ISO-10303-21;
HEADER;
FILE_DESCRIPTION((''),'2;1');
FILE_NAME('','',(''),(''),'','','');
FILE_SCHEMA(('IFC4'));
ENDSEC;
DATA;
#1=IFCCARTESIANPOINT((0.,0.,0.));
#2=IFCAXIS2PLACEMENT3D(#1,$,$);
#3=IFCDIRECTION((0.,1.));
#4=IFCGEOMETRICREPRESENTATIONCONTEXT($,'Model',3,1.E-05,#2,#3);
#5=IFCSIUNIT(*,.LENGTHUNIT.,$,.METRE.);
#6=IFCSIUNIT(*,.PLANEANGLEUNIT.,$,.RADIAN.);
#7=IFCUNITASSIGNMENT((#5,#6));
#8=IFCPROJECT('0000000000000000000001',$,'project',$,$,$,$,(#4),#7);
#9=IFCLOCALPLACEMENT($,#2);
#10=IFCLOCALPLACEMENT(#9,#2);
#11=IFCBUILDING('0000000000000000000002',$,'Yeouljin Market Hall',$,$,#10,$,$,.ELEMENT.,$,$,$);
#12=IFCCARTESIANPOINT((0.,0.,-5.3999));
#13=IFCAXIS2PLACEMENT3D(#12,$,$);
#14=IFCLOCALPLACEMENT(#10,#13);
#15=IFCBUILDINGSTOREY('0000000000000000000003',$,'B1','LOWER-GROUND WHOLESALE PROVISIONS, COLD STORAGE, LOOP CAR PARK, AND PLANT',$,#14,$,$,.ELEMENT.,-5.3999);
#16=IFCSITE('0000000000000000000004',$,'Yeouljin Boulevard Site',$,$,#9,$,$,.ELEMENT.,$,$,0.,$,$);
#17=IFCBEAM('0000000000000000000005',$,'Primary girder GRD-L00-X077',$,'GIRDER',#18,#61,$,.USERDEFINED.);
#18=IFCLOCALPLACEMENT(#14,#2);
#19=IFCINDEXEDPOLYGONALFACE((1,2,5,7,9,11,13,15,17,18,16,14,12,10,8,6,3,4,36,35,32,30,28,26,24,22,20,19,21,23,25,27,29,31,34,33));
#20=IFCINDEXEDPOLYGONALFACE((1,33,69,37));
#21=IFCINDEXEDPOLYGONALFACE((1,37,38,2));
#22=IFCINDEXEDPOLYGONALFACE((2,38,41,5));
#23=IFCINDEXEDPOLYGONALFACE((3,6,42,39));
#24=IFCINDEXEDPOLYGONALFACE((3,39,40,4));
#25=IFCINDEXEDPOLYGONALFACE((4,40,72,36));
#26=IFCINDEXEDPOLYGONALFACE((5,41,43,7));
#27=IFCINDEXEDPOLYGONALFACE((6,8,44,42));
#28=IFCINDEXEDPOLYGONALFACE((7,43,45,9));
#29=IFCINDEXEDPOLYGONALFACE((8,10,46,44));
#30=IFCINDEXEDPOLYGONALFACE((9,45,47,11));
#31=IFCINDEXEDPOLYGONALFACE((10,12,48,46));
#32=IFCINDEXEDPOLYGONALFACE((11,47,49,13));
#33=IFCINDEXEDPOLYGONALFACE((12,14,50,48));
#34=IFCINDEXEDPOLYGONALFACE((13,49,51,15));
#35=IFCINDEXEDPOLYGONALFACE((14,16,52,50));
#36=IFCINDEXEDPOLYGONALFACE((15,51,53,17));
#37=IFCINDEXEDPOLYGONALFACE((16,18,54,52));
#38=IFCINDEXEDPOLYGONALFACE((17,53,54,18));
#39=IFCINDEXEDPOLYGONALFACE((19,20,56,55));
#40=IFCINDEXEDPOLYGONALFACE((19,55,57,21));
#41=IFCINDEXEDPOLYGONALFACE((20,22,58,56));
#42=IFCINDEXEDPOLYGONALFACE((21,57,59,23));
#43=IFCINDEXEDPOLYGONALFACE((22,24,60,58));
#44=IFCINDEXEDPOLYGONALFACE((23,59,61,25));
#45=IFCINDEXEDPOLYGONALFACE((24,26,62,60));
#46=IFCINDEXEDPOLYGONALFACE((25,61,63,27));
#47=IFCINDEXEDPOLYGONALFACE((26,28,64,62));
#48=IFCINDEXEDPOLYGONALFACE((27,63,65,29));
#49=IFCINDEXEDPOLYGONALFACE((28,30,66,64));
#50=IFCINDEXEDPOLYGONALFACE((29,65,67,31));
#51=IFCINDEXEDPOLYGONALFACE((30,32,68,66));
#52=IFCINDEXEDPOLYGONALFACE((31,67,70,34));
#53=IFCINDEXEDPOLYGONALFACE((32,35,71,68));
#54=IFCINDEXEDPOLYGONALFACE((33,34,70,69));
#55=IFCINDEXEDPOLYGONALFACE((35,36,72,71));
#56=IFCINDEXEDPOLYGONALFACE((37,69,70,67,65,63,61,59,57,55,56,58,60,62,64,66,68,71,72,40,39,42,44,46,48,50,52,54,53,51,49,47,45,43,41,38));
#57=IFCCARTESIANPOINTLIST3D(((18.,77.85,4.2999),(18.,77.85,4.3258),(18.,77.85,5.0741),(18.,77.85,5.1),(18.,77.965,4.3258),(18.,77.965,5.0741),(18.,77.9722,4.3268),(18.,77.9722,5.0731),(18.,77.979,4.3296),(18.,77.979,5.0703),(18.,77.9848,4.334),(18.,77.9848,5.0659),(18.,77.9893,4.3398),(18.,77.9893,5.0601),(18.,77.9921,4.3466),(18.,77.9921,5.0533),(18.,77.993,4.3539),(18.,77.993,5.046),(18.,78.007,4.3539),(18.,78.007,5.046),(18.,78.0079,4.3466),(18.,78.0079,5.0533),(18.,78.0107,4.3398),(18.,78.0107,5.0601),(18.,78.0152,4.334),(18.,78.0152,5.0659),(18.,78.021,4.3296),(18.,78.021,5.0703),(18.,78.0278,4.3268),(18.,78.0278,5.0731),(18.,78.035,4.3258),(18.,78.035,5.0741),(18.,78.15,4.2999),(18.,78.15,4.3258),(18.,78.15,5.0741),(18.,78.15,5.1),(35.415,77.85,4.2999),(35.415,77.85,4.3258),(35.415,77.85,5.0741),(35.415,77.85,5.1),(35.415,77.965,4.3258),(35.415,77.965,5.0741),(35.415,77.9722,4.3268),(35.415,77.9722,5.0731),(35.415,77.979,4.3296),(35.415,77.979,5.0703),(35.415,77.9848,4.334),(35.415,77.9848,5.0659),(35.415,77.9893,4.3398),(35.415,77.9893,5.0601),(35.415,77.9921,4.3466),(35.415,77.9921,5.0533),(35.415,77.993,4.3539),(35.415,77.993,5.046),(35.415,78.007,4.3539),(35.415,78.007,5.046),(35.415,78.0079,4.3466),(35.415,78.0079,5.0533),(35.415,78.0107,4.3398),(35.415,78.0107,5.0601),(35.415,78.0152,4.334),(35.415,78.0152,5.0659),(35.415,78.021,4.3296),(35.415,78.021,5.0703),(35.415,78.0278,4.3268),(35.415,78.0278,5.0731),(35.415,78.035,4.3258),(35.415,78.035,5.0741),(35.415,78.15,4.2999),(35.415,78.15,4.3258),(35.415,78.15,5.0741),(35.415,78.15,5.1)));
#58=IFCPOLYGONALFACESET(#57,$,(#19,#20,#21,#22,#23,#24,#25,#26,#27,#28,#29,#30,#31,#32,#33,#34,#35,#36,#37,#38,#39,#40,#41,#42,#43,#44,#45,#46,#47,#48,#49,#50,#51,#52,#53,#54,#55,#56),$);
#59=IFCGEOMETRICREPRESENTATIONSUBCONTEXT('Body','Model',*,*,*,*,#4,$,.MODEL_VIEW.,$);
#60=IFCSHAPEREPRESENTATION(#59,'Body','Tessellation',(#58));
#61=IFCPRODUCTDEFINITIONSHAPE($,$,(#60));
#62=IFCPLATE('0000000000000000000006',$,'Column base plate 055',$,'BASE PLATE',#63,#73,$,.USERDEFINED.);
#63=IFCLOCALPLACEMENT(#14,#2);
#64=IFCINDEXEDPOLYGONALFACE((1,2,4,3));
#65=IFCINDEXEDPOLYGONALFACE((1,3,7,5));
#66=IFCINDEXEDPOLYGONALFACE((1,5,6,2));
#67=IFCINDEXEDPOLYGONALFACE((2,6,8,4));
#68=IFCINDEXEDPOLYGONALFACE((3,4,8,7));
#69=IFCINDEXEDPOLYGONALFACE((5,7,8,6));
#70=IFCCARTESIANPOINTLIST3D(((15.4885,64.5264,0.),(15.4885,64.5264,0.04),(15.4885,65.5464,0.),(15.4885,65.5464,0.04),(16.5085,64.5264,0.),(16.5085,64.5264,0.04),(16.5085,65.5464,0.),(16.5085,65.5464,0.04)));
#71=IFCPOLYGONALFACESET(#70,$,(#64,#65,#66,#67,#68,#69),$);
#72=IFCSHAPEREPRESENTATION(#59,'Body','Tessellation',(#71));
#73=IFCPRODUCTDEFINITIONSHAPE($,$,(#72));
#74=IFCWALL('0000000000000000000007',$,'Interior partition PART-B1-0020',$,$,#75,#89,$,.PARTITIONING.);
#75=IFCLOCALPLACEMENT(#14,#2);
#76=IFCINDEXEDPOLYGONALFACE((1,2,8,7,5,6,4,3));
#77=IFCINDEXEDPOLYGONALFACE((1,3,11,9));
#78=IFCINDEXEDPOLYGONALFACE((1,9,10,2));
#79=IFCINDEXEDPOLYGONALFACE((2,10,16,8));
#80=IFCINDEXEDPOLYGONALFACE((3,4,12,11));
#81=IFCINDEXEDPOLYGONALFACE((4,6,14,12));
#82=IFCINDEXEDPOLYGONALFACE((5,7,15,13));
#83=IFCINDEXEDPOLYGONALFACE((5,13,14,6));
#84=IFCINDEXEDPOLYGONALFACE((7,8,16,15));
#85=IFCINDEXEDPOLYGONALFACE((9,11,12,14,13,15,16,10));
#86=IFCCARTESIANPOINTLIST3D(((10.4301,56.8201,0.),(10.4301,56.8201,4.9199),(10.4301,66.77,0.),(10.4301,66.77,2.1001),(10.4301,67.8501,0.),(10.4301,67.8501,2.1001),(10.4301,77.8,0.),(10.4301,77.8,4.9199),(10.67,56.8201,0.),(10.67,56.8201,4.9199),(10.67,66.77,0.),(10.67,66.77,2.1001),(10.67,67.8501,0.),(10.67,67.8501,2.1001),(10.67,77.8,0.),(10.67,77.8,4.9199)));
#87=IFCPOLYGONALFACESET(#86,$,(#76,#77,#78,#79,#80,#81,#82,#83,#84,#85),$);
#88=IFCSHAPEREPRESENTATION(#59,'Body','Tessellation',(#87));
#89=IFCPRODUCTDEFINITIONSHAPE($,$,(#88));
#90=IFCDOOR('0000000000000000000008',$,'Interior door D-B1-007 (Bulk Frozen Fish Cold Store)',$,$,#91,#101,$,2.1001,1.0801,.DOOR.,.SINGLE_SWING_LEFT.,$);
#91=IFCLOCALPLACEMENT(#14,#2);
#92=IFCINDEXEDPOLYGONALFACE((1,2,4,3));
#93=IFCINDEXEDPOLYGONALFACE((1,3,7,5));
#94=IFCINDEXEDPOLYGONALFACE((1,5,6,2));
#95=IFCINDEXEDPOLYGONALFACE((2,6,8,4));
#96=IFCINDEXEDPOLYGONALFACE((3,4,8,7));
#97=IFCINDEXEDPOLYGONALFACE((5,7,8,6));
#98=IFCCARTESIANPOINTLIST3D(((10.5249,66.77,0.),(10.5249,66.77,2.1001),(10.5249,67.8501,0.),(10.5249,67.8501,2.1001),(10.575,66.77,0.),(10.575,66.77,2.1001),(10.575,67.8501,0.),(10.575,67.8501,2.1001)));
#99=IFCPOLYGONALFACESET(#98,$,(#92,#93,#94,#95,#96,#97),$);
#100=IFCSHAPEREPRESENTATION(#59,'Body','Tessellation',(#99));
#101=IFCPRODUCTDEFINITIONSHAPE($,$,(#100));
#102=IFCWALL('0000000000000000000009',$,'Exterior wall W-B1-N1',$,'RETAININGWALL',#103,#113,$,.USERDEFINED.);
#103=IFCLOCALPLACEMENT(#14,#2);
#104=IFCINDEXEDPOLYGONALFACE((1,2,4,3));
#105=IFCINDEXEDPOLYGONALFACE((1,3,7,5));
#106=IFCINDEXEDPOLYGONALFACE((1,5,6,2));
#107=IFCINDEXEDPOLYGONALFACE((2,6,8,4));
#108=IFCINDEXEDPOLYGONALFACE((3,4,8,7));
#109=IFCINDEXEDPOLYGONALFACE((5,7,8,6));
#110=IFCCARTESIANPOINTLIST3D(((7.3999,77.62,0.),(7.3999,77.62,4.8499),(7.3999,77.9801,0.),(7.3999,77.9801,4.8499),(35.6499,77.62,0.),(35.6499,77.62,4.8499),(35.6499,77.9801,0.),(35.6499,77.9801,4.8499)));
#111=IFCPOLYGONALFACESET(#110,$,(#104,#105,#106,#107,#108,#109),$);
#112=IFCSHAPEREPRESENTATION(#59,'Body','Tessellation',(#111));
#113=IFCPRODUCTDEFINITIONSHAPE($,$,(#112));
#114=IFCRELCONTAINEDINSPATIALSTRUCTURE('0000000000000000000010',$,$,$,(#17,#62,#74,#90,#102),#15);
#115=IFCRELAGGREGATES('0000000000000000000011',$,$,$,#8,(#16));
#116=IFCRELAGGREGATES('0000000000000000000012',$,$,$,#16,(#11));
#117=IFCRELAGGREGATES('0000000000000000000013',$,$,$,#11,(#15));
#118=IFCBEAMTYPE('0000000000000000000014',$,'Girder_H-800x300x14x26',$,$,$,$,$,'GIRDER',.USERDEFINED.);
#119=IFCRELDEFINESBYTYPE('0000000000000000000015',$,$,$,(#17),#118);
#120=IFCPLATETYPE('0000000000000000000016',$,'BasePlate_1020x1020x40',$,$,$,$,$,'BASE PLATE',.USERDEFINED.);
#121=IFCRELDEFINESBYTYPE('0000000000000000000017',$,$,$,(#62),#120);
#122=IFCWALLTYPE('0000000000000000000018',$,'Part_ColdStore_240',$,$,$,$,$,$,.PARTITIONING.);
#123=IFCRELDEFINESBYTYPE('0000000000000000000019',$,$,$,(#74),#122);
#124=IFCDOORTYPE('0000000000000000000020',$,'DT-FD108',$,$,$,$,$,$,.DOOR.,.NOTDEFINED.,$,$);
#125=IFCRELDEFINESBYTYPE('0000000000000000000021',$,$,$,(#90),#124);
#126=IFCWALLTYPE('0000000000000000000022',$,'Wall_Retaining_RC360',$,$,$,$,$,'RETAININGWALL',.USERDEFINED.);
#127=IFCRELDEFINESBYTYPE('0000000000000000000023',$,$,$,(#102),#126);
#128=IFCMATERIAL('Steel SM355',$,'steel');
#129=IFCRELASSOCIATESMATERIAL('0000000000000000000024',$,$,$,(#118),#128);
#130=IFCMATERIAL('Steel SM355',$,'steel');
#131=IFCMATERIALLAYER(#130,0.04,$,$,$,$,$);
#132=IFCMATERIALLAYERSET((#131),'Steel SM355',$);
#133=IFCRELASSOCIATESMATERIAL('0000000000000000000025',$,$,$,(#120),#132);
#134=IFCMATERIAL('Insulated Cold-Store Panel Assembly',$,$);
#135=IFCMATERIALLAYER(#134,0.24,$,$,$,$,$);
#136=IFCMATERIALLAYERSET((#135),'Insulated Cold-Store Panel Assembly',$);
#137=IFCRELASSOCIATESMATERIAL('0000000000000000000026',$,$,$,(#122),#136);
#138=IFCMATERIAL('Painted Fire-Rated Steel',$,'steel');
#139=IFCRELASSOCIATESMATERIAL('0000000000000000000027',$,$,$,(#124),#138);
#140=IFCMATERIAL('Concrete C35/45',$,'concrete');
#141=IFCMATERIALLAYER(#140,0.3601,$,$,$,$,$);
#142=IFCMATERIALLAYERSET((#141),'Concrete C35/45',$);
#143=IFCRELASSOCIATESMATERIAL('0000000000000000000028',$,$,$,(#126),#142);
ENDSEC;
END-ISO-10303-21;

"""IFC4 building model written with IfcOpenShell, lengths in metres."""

from ifc_helpers import new_model, si_unit, direction, frame, frame_2d, origin, origin_2d, place, context, subcontext, project, spatial, rectangle, i_section, extrude, material, layer, layer_set, material_profile, profile_set, type_object, element, fill, save


model = new_model("IFC4")

# Units and contexts
model_context = context("Model", 3, precision=1e-05, world=origin(), true_north=direction((0.0, 1.0)))
body_context = subcontext(model_context, "Body", "Model", "MODEL_VIEW")
ifc_project = project(units=[si_unit("LENGTHUNIT", "METRE"), si_unit("PLANEANGLEUNIT", "RADIAN")], contexts=[model_context])

# Site, building, storey
site_placement = place(None, origin())
site = spatial("IfcSite", under=ifc_project, at=site_placement, Name="Yeouljin Boulevard Site", CompositionType="ELEMENT", RefElevation=0.0)
building_placement = place(site_placement, origin())
building = spatial("IfcBuilding", under=site, at=building_placement, Name="Yeouljin Market Hall", CompositionType="ELEMENT")
storey_placement = place(building_placement, frame((0.0, 0.0, -5.3999)))
storey = spatial("IfcBuildingStorey", under=building, at=storey_placement, Name="B1", Description="LOWER-GROUND WHOLESALE PROVISIONS, COLD STORAGE, LOOP CAR PARK, AND PLANT", CompositionType="ELEMENT", Elevation=-5.3999)

# Beam
ifc_material_1 = material(Name="Steel SM355", Category="steel")
ifc_material_profile_1 = material_profile(ifc_material_1, i_section(OverallWidth=0.3, OverallDepth=0.8, WebThickness=0.0139, FlangeThickness=0.0259, FilletRadius=0.0281, at=origin_2d()), Name="H-800x300x14x26")
ifc_profile_set_1 = profile_set([ifc_material_profile_1], Name="Steel SM355")
beam_type_1 = type_object("IfcBeamType", Name="Girder_H-800x300x14x26", ElementType="GIRDER", PredefinedType="USERDEFINED", material=ifc_profile_set_1)
beam_1_placement = place(storey_placement, frame((18.0, 78.0, 4.7), z_axis=(1.0, 0.0, 0.0), x_axis=(0.0, 1.0, 0.0)))
element("IfcBeam", 1, at=beam_1_placement, inside=storey, type_object=beam_type_1, Name="Primary girder GRD-L00-X077", ObjectType="GIRDER", PredefinedType="USERDEFINED", context=body_context, shape_type="SweptSolid", body=[
    extrude(i_section(OverallWidth=0.3, OverallDepth=0.8, WebThickness=0.0139, FlangeThickness=0.0259, FilletRadius=0.0281, at=origin_2d()), origin(), (0.0, 0.0, 1.0), 17.415),
])

# Plate
ifc_material_2 = material(Name="Steel SM355", Category="steel")
ifc_layer_1 = layer(ifc_material_2, 0.04)
ifc_layer_set_1 = layer_set([ifc_layer_1], Name="Steel SM355")
plate_type = type_object("IfcPlateType", Name="BasePlate_1020x1020x40", ElementType="BASE PLATE", PredefinedType="USERDEFINED", material=ifc_layer_set_1)
plate_placement = place(storey_placement, frame((15.9985, 65.0364, 0.0), z_axis=(0.0, 0.0, 1.0), x_axis=(1.0, 0.0, 0.0)))
element("IfcPlate", 2, at=plate_placement, inside=storey, type_object=plate_type, Name="Column base plate 055", ObjectType="BASE PLATE", PredefinedType="USERDEFINED", context=body_context, shape_type="SweptSolid", body=[
    extrude(rectangle(XDim=1.02, YDim=1.02, at=origin_2d()), origin(), (0.0, 0.0, 1.0), 0.04),
])

# Wall, opening, door
ifc_material_3 = material(Name="Insulated Cold-Store Panel Assembly")
ifc_layer_2 = layer(ifc_material_3, 0.24)
ifc_layer_set_2 = layer_set([ifc_layer_2], Name="Insulated Cold-Store Panel Assembly")
wall_type_1 = type_object("IfcWallType", Name="Part_ColdStore_240", PredefinedType="PARTITIONING", material=ifc_layer_set_2)
wall_1_placement = place(storey_placement, frame((10.55, 77.8, 0.0), z_axis=(0.0, 0.0, 1.0), x_axis=(0.0, -1.0, 0.0)))
wall_1 = element("IfcWall", 3, at=wall_1_placement, inside=storey, type_object=wall_type_1, Name="Interior partition PART-B1-0020", PredefinedType="PARTITIONING", context=body_context, shape_type="SweptSolid", body=[
    extrude(rectangle(XDim=20.98, YDim=0.24, at=frame_2d((10.49, 0.0))), origin(), (0.0, 0.0, 1.0), 4.9199),
])
opening_placement = place(wall_1_placement, frame((9.95, 0.0, 0.0)))
opening = element("IfcOpeningElement", 4, at=opening_placement, cuts=wall_1, PredefinedType="OPENING", context=body_context, shape_type="SweptSolid", body=[
    extrude(rectangle(XDim=1.0801, YDim=2.1001, at=frame_2d((0.54, 1.05))), frame((0.0, 0.1299, 0.0), z_axis=(0.0, -1.0, 0.0), x_axis=(1.0, 0.0, 0.0)), (0.0, 0.0, 1.0), 0.26),
])
ifc_material_4 = material(Name="Painted Fire-Rated Steel", Category="steel")
door_type = type_object("IfcDoorType", Name="DT-FD108", OperationType="NOTDEFINED", PredefinedType="DOOR", material=ifc_material_4)
door_placement = place(opening_placement, origin())
door = element("IfcDoor", 5, at=door_placement, inside=storey, type_object=door_type, Name="Interior door D-B1-007 (Bulk Frozen Fish Cold Store)", OperationType="SINGLE_SWING_LEFT", OverallHeight=2.1001, OverallWidth=1.0801, PredefinedType="DOOR", context=body_context, shape_type="SweptSolid", body=[
    extrude(rectangle(XDim=1.0801, YDim=2.1001, at=frame_2d((0.54, 1.05))), frame((0.0, 0.0249, 0.0), z_axis=(0.0, -1.0, 0.0), x_axis=(1.0, 0.0, 0.0)), (0.0, 0.0, 1.0), 0.05),
])
fill(opening, door)

# Wall
ifc_material_5 = material(Name="Concrete C35/45", Category="concrete")
ifc_layer_3 = layer(ifc_material_5, 0.3601)
ifc_layer_set_3 = layer_set([ifc_layer_3], Name="Concrete C35/45")
wall_type_2 = type_object("IfcWallType", Name="Wall_Retaining_RC360", ElementType="RETAININGWALL", PredefinedType="USERDEFINED", material=ifc_layer_set_3)
wall_2_placement = place(storey_placement, frame((7.3999, 77.8, 0.0), z_axis=(0.0, 0.0, 1.0), x_axis=(1.0, 0.0, 0.0)))
element("IfcWall", 6, at=wall_2_placement, inside=storey, type_object=wall_type_2, Name="Exterior wall W-B1-N1", ObjectType="RETAININGWALL", PredefinedType="USERDEFINED", context=body_context, shape_type="SweptSolid", body=[
    extrude(rectangle(XDim=28.25, YDim=0.3601, at=frame_2d((14.125, 0.0))), origin(), (0.0, 0.0, 1.0), 4.8499),
])

save(model, "model.ifc")
